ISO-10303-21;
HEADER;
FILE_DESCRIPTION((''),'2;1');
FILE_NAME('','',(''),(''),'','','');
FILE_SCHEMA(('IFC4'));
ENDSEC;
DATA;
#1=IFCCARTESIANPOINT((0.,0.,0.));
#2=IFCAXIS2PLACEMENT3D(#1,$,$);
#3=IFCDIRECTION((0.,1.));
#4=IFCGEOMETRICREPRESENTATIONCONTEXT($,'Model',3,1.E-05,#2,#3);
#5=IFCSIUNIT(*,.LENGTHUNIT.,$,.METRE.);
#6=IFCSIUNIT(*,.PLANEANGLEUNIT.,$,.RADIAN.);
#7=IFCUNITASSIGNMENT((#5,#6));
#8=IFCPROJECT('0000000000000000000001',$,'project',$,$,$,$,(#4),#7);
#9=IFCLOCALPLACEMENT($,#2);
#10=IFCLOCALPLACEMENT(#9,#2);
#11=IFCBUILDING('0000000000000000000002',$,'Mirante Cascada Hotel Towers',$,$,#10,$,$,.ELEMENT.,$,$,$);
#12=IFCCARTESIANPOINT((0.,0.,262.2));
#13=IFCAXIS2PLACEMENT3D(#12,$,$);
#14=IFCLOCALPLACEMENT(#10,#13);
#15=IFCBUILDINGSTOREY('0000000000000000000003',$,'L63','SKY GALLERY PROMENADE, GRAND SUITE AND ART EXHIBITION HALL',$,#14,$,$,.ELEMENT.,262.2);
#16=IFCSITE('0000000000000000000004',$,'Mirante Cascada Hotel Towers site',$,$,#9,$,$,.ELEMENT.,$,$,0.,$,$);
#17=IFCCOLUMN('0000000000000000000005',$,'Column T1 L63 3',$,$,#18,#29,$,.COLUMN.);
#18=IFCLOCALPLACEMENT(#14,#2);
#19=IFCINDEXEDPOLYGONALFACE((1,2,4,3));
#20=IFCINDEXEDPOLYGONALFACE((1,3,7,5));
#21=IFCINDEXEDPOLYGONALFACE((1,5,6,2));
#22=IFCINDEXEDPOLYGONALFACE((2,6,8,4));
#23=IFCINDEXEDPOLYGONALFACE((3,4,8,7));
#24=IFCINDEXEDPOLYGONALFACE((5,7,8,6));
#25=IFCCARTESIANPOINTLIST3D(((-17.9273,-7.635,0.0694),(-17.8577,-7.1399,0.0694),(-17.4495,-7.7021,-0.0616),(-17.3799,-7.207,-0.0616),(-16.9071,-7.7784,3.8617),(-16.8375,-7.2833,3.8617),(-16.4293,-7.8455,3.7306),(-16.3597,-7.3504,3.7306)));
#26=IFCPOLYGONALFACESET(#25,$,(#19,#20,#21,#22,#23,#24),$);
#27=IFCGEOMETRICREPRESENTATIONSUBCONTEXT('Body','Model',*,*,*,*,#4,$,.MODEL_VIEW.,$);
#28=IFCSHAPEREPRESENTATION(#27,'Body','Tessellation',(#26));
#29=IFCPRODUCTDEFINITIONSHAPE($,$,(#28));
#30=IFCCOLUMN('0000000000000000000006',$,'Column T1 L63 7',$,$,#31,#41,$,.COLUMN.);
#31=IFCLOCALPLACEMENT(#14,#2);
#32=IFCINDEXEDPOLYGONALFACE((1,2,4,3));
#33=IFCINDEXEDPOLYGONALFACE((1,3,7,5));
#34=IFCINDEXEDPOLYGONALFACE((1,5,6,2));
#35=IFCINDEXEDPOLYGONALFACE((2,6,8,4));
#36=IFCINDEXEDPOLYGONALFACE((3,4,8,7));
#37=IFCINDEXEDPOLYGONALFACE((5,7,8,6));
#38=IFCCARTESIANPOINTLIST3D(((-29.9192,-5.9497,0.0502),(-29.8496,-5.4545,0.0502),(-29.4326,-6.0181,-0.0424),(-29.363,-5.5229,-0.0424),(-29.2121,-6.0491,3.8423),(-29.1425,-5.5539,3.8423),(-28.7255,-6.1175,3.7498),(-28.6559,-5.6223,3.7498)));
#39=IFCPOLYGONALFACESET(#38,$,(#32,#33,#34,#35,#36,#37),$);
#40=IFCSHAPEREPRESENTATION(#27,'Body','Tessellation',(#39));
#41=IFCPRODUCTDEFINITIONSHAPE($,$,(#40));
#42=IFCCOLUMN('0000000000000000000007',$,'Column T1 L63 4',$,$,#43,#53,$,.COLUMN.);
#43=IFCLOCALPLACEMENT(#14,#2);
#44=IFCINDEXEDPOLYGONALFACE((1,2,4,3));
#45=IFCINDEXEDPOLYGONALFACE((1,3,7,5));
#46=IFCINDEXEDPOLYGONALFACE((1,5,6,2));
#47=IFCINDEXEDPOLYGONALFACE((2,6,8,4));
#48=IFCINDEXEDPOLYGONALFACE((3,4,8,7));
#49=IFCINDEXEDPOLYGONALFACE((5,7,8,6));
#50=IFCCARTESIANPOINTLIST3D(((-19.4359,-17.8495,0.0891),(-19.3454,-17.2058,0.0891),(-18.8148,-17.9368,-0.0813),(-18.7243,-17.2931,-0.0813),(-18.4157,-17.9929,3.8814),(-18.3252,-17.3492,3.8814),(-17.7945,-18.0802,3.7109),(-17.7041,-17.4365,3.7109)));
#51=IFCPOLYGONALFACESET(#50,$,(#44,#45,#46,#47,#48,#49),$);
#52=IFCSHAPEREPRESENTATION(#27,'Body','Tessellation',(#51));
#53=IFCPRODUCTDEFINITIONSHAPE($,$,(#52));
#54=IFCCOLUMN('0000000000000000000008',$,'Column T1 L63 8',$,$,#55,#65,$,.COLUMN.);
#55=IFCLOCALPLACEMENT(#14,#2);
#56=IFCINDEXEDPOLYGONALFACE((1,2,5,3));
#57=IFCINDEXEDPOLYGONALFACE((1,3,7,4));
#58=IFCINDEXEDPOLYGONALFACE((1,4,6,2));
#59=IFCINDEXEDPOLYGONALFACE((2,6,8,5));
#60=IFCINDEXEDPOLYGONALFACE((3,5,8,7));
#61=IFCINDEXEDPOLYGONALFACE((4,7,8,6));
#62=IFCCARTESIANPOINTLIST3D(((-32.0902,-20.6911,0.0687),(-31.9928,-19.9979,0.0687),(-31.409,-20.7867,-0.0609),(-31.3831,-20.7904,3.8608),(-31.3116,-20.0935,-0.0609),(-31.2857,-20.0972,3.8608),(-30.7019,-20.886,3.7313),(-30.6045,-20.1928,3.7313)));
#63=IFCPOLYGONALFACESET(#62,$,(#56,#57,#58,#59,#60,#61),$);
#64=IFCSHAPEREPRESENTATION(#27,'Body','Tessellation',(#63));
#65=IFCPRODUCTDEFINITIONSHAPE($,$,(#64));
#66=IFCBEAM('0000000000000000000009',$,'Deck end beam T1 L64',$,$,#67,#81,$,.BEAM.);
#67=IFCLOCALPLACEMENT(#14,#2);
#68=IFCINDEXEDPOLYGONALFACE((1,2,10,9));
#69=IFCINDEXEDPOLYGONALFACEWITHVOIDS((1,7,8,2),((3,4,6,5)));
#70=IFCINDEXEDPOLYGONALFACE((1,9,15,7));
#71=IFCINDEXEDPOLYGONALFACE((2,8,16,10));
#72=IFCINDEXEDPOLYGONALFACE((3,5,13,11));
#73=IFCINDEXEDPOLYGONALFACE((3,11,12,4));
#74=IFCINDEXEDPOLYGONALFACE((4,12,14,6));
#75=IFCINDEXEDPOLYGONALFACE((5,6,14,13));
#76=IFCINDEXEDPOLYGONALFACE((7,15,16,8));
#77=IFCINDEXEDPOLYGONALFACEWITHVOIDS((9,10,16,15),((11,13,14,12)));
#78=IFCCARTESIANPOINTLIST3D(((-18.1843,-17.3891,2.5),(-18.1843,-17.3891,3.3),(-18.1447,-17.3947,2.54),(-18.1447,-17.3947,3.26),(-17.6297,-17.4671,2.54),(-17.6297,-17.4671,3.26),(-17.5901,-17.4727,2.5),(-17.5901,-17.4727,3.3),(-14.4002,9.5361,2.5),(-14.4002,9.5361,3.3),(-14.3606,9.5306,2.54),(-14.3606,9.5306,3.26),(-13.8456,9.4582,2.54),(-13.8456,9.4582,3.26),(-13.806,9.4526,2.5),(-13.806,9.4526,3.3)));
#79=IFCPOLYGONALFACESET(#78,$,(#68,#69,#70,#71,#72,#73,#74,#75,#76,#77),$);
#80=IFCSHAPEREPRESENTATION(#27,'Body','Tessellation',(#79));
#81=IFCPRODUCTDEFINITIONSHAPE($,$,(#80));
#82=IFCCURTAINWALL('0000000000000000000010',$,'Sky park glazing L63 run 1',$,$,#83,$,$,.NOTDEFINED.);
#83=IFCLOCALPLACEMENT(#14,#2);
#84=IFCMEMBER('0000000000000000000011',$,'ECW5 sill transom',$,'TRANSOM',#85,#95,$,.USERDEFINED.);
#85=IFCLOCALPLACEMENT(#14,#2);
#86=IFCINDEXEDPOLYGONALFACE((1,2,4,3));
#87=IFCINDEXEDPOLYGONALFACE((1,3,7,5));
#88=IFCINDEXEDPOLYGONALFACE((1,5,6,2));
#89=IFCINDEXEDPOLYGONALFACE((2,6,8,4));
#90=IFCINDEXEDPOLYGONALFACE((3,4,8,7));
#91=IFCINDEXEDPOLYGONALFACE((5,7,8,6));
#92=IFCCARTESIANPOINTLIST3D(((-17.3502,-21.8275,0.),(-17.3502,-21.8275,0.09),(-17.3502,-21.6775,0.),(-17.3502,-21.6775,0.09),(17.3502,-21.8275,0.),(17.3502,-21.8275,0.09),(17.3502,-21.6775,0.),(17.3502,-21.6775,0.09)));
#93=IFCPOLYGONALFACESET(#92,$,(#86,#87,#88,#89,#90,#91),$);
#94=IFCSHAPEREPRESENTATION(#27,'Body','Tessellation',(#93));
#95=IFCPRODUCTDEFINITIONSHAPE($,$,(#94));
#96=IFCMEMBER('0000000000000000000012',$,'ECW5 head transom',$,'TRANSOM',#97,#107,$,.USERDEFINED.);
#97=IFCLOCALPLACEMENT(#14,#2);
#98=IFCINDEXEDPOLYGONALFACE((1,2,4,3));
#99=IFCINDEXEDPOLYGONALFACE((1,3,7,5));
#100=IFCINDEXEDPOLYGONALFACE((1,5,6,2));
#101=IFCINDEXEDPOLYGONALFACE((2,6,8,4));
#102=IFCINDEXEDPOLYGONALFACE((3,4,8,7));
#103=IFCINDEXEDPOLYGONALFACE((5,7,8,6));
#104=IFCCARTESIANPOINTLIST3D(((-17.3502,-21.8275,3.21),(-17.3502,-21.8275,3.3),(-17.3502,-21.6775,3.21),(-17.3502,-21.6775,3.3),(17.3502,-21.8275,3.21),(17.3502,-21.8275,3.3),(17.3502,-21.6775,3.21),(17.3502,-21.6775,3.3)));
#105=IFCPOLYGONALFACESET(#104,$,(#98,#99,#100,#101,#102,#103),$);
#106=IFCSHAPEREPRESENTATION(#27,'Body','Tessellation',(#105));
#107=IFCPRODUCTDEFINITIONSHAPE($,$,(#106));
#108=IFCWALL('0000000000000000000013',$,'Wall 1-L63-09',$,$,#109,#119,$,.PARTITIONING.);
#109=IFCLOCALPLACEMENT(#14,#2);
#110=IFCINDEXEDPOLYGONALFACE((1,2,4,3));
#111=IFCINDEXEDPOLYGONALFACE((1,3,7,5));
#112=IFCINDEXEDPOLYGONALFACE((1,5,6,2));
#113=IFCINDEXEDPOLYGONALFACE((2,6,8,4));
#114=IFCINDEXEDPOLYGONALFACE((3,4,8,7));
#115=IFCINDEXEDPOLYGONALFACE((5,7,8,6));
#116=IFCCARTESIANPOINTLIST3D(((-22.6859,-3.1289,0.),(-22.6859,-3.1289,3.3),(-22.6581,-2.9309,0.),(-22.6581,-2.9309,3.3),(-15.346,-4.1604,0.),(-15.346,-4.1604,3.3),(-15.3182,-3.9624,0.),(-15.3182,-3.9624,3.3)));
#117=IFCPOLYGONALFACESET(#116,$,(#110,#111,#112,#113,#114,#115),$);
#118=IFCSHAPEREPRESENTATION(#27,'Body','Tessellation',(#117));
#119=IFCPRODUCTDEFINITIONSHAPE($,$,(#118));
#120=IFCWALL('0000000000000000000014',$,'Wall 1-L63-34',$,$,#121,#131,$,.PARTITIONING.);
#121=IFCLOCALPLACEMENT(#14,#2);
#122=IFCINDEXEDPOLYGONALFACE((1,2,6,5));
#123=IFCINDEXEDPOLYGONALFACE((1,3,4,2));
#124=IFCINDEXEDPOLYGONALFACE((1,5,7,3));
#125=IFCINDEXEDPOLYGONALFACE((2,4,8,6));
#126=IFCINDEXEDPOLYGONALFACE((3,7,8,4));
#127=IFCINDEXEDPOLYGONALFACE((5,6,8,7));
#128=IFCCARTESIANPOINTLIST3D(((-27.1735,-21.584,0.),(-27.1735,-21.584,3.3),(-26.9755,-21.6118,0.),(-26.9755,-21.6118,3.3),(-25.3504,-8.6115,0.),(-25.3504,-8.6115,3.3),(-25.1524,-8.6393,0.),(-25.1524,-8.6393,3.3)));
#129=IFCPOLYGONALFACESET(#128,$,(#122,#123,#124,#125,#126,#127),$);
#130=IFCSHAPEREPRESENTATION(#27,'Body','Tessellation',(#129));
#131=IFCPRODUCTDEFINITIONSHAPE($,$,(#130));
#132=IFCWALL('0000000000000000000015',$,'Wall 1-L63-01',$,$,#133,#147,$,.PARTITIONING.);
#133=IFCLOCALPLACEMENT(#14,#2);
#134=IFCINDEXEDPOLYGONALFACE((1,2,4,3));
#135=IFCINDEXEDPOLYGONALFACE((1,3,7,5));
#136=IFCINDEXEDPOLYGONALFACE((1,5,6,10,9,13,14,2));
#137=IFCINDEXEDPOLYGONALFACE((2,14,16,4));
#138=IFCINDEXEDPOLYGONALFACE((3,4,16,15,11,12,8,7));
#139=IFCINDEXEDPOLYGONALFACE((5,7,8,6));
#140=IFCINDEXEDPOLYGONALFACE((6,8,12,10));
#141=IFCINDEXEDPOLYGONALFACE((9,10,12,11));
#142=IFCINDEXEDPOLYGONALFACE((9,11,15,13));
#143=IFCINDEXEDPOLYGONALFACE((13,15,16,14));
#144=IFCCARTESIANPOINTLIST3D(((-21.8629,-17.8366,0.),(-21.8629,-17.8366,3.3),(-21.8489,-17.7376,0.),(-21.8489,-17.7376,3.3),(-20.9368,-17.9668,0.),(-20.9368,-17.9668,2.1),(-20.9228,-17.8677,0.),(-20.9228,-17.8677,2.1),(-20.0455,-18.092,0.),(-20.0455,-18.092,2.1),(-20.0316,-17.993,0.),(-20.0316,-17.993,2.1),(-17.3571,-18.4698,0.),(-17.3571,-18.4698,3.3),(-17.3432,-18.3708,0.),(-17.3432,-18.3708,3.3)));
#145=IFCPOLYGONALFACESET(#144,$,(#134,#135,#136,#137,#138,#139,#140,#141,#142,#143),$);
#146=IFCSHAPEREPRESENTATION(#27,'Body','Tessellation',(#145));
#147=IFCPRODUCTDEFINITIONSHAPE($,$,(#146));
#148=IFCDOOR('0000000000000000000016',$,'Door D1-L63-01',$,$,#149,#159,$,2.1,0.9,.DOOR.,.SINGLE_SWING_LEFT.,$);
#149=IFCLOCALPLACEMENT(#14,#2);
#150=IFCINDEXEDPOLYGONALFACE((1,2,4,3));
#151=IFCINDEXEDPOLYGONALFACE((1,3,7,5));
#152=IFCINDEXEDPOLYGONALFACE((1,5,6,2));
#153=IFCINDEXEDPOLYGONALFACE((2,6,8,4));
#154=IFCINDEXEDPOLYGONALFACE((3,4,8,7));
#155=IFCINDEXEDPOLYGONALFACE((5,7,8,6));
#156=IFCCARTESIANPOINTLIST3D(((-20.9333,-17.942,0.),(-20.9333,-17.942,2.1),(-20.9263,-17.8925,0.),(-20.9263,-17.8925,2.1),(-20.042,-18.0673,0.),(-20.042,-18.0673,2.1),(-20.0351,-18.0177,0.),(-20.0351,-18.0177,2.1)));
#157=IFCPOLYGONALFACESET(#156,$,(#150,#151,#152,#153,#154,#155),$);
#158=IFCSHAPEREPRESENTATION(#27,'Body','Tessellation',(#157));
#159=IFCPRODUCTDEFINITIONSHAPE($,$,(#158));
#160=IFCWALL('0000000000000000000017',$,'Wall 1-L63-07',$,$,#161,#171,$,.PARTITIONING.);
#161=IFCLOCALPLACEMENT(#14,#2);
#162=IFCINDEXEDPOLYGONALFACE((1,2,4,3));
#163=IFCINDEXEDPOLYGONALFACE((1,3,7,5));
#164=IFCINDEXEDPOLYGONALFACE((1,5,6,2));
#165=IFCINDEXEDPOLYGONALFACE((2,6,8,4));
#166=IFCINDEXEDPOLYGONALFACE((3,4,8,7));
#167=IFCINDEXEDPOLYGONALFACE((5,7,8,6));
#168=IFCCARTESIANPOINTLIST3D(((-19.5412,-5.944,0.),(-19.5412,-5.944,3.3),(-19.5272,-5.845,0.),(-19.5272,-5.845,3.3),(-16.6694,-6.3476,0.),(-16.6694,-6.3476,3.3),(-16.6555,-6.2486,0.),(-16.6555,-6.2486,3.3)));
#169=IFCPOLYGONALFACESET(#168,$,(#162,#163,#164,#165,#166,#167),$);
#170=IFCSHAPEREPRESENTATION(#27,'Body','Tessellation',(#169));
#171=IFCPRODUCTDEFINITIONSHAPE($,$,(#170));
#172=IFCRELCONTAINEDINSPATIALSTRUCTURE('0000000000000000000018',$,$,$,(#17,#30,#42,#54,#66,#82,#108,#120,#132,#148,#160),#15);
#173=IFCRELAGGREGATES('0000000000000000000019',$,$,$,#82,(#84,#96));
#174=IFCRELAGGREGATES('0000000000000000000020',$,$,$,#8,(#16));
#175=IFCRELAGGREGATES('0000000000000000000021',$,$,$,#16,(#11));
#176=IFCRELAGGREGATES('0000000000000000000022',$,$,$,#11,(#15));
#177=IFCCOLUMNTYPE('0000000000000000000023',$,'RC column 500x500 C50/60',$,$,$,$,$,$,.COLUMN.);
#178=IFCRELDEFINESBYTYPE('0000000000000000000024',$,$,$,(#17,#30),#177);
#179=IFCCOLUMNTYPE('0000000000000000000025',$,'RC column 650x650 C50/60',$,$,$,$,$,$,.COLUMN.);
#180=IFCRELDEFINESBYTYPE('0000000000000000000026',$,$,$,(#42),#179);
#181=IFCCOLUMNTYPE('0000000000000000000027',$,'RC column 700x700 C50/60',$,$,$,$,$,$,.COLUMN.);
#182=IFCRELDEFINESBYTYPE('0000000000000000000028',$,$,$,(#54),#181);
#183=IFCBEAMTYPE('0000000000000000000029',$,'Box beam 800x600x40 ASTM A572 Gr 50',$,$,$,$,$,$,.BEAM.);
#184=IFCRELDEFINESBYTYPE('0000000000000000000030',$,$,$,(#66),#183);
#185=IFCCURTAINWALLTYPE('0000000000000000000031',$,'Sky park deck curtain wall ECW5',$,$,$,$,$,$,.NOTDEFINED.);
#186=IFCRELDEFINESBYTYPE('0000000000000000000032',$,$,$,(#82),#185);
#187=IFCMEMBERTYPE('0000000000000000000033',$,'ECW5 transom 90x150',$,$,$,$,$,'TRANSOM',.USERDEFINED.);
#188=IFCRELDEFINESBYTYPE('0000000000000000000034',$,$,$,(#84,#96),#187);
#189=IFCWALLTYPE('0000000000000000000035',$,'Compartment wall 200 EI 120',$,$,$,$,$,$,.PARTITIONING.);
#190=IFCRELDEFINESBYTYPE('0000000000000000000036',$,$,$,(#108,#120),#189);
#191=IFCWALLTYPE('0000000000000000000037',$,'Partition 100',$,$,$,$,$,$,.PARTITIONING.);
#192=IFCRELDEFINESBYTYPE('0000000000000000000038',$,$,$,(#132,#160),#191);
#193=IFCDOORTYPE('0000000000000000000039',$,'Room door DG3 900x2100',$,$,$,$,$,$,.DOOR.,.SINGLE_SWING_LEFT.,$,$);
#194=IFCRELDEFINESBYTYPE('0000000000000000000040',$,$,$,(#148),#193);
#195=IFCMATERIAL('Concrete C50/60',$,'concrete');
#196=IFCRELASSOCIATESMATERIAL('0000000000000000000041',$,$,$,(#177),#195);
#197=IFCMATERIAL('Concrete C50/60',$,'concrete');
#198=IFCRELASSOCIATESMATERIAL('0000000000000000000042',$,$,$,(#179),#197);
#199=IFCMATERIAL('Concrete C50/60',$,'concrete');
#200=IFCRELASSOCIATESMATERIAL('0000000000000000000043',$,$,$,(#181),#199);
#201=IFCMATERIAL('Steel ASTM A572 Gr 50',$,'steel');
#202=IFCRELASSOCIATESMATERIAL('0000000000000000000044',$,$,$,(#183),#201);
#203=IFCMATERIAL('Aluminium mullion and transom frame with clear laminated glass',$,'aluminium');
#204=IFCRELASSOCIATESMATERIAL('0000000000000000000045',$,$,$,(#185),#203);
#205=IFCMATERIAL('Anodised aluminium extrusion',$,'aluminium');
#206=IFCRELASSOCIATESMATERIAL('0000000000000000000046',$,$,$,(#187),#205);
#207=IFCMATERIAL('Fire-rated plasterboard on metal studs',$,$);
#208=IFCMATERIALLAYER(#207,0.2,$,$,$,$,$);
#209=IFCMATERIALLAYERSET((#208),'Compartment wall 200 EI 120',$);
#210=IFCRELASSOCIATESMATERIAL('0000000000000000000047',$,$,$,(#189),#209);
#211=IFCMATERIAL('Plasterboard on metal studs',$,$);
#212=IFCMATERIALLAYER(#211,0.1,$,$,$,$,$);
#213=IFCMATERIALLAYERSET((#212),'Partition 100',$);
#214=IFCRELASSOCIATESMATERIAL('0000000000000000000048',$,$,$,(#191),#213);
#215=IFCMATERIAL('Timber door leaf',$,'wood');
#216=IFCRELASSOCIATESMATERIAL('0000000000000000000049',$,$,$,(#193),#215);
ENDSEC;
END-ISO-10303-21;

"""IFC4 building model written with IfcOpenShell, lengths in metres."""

from ifc_helpers import new_model, si_unit, direction, frame, frame_2d, origin, origin_2d, place, context, subcontext, project, spatial, rectangle, hollow_rectangle, extrude, material, layer, layer_set, material_profile, profile_set, type_object, element, fill, aggregate, save


model = new_model("IFC4")

# Units and contexts
model_context = context("Model", 3, precision=1e-05, world=origin(), true_north=direction((0.0, 1.0)))
body_context = subcontext(model_context, "Body", "Model", "MODEL_VIEW")
ifc_project = project(units=[si_unit("LENGTHUNIT", "METRE"), si_unit("PLANEANGLEUNIT", "RADIAN")], contexts=[model_context])

# Site, building, storey
site_placement = place(None, origin())
site = spatial("IfcSite", under=ifc_project, at=site_placement, Name="Mirante Cascada Hotel Towers site", CompositionType="ELEMENT", RefElevation=0.0)
building_placement = place(site_placement, origin())
building = spatial("IfcBuilding", under=site, at=building_placement, Name="Mirante Cascada Hotel Towers", CompositionType="ELEMENT")
storey_placement = place(building_placement, frame((0.0, 0.0, 262.2)))
storey = spatial("IfcBuildingStorey", under=building, at=storey_placement, Name="L63", Description="SKY GALLERY PROMENADE, GRAND SUITE AND ART EXHIBITION HALL", CompositionType="ELEMENT", Elevation=262.2)

# Columns
ifc_material_1 = material(Name="Concrete C50/60", Category="concrete")
ifc_material_profile_1 = material_profile(ifc_material_1, rectangle(XDim=0.5, YDim=0.5, at=origin_2d()), Name="RC column 500x500 C50/60")
ifc_profile_set_1 = profile_set([ifc_material_profile_1], Name="Concrete C50/60")
column_type_1 = type_object("IfcColumnType", Name="RC column 500x500 C50/60", PredefinedType="COLUMN", material=ifc_profile_set_1)
column_1_placement = place(storey_placement, frame((-17.6536, -7.421, 0.0039), z_axis=(0.259616, -0.036492, 0.965022), x_axis=(0.139192, 0.990265, 0.0)))
element("IfcColumn", 1, at=column_1_placement, inside=storey, type_object=column_type_1, Name="Column T1 L63 3", PredefinedType="COLUMN", context=body_context, shape_type="SweptSolid", body=[
    extrude(rectangle(XDim=0.5, YDim=0.5, at=origin_2d()), origin(), (0.0, 0.0, 1.0), 3.9297),
])
column_2_placement = place(storey_placement, frame((-29.6411, -5.7363, 0.0039), z_axis=(0.183242, -0.025759, 0.98273), x_axis=(0.139206, 0.990263, 0.0)))
element("IfcColumn", 2, at=column_2_placement, inside=storey, type_object=column_type_1, Name="Column T1 L63 7", PredefinedType="COLUMN", context=body_context, shape_type="SweptSolid", body=[
    extrude(rectangle(XDim=0.5, YDim=0.5, at=origin_2d()), origin(), (0.0, 0.0, 1.0), 3.8588),
])
ifc_material_2 = material(Name="Concrete C50/60", Category="concrete")
ifc_material_profile_2 = material_profile(ifc_material_2, rectangle(XDim=0.65, YDim=0.65, at=origin_2d()), Name="RC column 650x650 C50/60")
ifc_profile_set_2 = profile_set([ifc_material_profile_2], Name="Concrete C50/60")
column_type_2 = type_object("IfcColumnType", Name="RC column 650x650 C50/60", PredefinedType="COLUMN", material=ifc_profile_set_2)
column_3_placement = place(storey_placement, frame((-19.0801, -17.5713, 0.0039), z_axis=(0.259616, -0.036492, 0.965022), x_axis=(0.139192, 0.990265, 0.0)))
element("IfcColumn", 3, at=column_3_placement, inside=storey, type_object=column_type_2, Name="Column T1 L63 4", PredefinedType="COLUMN", context=body_context, shape_type="SweptSolid", body=[
    extrude(rectangle(XDim=0.65, YDim=0.65, at=origin_2d()), origin(), (0.0, 0.0, 1.0), 3.9297),
])
ifc_material_3 = material(Name="Concrete C50/60", Category="concrete")
ifc_material_profile_3 = material_profile(ifc_material_3, rectangle(XDim=0.7, YDim=0.7, at=origin_2d()), Name="RC column 700x700 C50/60")
ifc_profile_set_3 = profile_set([ifc_material_profile_3], Name="Concrete C50/60")
column_type_3 = type_object("IfcColumnType", Name="RC column 700x700 C50/60", PredefinedType="COLUMN", material=ifc_profile_set_3)
column_4_placement = place(storey_placement, frame((-31.7009, -20.3923, 0.0039), z_axis=(0.183242, -0.025733, 0.982731), x_axis=(0.139068, 0.990283, 0.0)))
element("IfcColumn", 4, at=column_4_placement, inside=storey, type_object=column_type_3, Name="Column T1 L63 8", PredefinedType="COLUMN", context=body_context, shape_type="SweptSolid", body=[
    extrude(rectangle(XDim=0.7, YDim=0.7, at=origin_2d()), origin(), (0.0, 0.0, 1.0), 3.8588),
])

# Beam
ifc_material_4 = material(Name="Steel ASTM A572 Gr 50", Category="steel")
ifc_material_profile_4 = material_profile(ifc_material_4, hollow_rectangle(XDim=0.6, YDim=0.8, WallThickness=0.04, at=origin_2d()), Name="Box beam 800x600x40 ASTM A572 Gr 50")
ifc_profile_set_4 = profile_set([ifc_material_profile_4], Name="Steel ASTM A572 Gr 50")
beam_type = type_object("IfcBeamType", Name="Box beam 800x600x40 ASTM A572 Gr 50", PredefinedType="BEAM", material=ifc_profile_set_4)
beam_placement = place(storey_placement, frame((-17.8872, -17.4309, 2.9), z_axis=(0.139173, 0.990268, 0.0), x_axis=(-0.990268, 0.139173, 0.0)))
element("IfcBeam", 5, at=beam_placement, inside=storey, type_object=beam_type, Name="Deck end beam T1 L64", PredefinedType="BEAM", context=body_context, shape_type="SweptSolid", body=[
    extrude(hollow_rectangle(XDim=0.6, YDim=0.8, WallThickness=0.04, at=origin_2d()), origin(), (0.0, 0.0, 1.0), 27.1899),
])

# Curtain wall, members
ifc_material_5 = material(Name="Aluminium mullion and transom frame with clear laminated glass", Category="aluminium")
curtain_wall_type = type_object("IfcCurtainWallType", Name="Sky park deck curtain wall ECW5", PredefinedType="NOTDEFINED", material=ifc_material_5)
curtain_wall_placement = place(storey_placement, origin())
curtain_wall = element("IfcCurtainWall", 6, at=curtain_wall_placement, inside=storey, type_object=curtain_wall_type, Name="Sky park glazing L63 run 1", PredefinedType="NOTDEFINED")
ifc_material_6 = material(Name="Anodised aluminium extrusion", Category="aluminium")
ifc_material_profile_5 = material_profile(ifc_material_6, rectangle(XDim=0.15, YDim=0.09, at=origin_2d()), Name="ECW5 TRANSOM 90x150")
ifc_profile_set_5 = profile_set([ifc_material_profile_5], Name="Anodised aluminium extrusion")
member_type = type_object("IfcMemberType", Name="ECW5 transom 90x150", ElementType="TRANSOM", PredefinedType="USERDEFINED", material=ifc_profile_set_5)
member_1_placement = place(storey_placement, frame((-17.3502, -21.7525, 0.045), z_axis=(1.0, 0.0, 0.0), x_axis=(0.0, 1.0, 0.0)))
member_1 = element("IfcMember", 7, at=member_1_placement, type_object=member_type, Name="ECW5 sill transom", ObjectType="TRANSOM", PredefinedType="USERDEFINED", context=body_context, shape_type="SweptSolid", body=[
    extrude(rectangle(XDim=0.15, YDim=0.09, at=origin_2d()), origin(), (0.0, 0.0, 1.0), 34.7004),
])
member_2_placement = place(storey_placement, frame((-17.3502, -21.7525, 3.255), z_axis=(1.0, 0.0, 0.0), x_axis=(0.0, 1.0, 0.0)))
member_2 = element("IfcMember", 8, at=member_2_placement, type_object=member_type, Name="ECW5 head transom", ObjectType="TRANSOM", PredefinedType="USERDEFINED", context=body_context, shape_type="SweptSolid", body=[
    extrude(rectangle(XDim=0.15, YDim=0.09, at=origin_2d()), origin(), (0.0, 0.0, 1.0), 34.7004),
])
aggregate(curtain_wall, [member_1, member_2])

# Walls
ifc_material_7 = material(Name="Fire-rated plasterboard on metal studs")
ifc_layer_1 = layer(ifc_material_7, 0.2)
ifc_layer_set_1 = layer_set([ifc_layer_1], Name="Compartment wall 200 EI 120")
wall_type_1 = type_object("IfcWallType", Name="Compartment wall 200 EI 120", PredefinedType="PARTITIONING", material=ifc_layer_set_1)
wall_1_placement = place(storey_placement, frame((-22.672, -3.0299, 0.0), z_axis=(0.0, 0.0, 1.0), x_axis=(0.990269, -0.139166, 0.0)))
element("IfcWall", 9, at=wall_1_placement, inside=storey, type_object=wall_type_1, Name="Wall 1-L63-09", PredefinedType="PARTITIONING", context=body_context, shape_type="SweptSolid", body=[
    extrude(rectangle(XDim=7.412, YDim=0.2, at=frame_2d((3.706, 0.0))), origin(), (0.0, 0.0, 1.0), 3.3),
])
wall_2_placement = place(storey_placement, frame((-27.0745, -21.5979, 0.0), z_axis=(0.0, 0.0, 1.0), x_axis=(0.139168, 0.990269, 0.0)))
element("IfcWall", 10, at=wall_2_placement, inside=storey, type_object=wall_type_1, Name="Wall 1-L63-34", PredefinedType="PARTITIONING", context=body_context, shape_type="SweptSolid", body=[
    extrude(rectangle(XDim=13.1, YDim=0.2, at=frame_2d((6.55, 0.0))), origin(), (0.0, 0.0, 1.0), 3.3),
])

# Wall, opening, door
ifc_material_8 = material(Name="Plasterboard on metal studs")
ifc_layer_2 = layer(ifc_material_8, 0.1)
ifc_layer_set_2 = layer_set([ifc_layer_2], Name="Partition 100")
wall_type_2 = type_object("IfcWallType", Name="Partition 100", PredefinedType="PARTITIONING", material=ifc_layer_set_2)
wall_3_placement = place(storey_placement, frame((-21.8559, -17.7871, 0.0), z_axis=(0.0, 0.0, 1.0), x_axis=(0.990269, -0.139166, 0.0)))
wall_3 = element("IfcWall", 11, at=wall_3_placement, inside=storey, type_object=wall_type_2, Name="Wall 1-L63-01", PredefinedType="PARTITIONING", context=body_context, shape_type="SweptSolid", body=[
    extrude(rectangle(XDim=4.55, YDim=0.1, at=frame_2d((2.275, 0.0))), origin(), (0.0, 0.0, 1.0), 3.3),
])
opening_1_placement = place(wall_3_placement, frame((0.9352, 0.0, 0.0)))
opening_1 = element("IfcOpeningElement", 12, at=opening_1_placement, cuts=wall_3, PredefinedType="OPENING", context=body_context, shape_type="SweptSolid", body=[
    extrude(rectangle(XDim=0.9, YDim=2.1, at=frame_2d((0.45, 1.05))), frame((0.0, 0.05, 0.0), z_axis=(0.0, -1.0, 0.0), x_axis=(1.0, 0.0, 0.0)), (0.0, 0.0, 1.0), 0.1),
])
ifc_material_9 = material(Name="Timber door leaf", Category="wood")
door_type_1 = type_object("IfcDoorType", Name="Room door DG3 900x2100", OperationType="SINGLE_SWING_LEFT", PredefinedType="DOOR", material=ifc_material_9)
door_1_placement = place(opening_1_placement, origin())
door_1 = element("IfcDoor", 13, at=door_1_placement, inside=storey, type_object=door_type_1, Name="Door D1-L63-01", OperationType="SINGLE_SWING_LEFT", OverallHeight=2.1, OverallWidth=0.9, PredefinedType="DOOR", context=body_context, shape_type="SweptSolid", body=[
    extrude(rectangle(XDim=0.9, YDim=2.1, at=frame_2d((0.45, 1.05))), frame((0.0, 0.025, 0.0), z_axis=(0.0, -1.0, 0.0), x_axis=(1.0, 0.0, 0.0)), (0.0, 0.0, 1.0), 0.05),
])
fill(opening_1, door_1)

# Wall
wall_4_placement = place(storey_placement, frame((-19.5342, -5.8945, 0.0), z_axis=(0.0, 0.0, 1.0), x_axis=(0.990268, -0.139171, 0.0)))
element("IfcWall", 14, at=wall_4_placement, inside=storey, type_object=wall_type_2, Name="Wall 1-L63-07", PredefinedType="PARTITIONING", context=body_context, shape_type="SweptSolid", body=[
    extrude(rectangle(XDim=2.9, YDim=0.1, at=frame_2d((1.45, 0.0))), origin(), (0.0, 0.0, 1.0), 3.3),
])

save(model, "model.ifc")
